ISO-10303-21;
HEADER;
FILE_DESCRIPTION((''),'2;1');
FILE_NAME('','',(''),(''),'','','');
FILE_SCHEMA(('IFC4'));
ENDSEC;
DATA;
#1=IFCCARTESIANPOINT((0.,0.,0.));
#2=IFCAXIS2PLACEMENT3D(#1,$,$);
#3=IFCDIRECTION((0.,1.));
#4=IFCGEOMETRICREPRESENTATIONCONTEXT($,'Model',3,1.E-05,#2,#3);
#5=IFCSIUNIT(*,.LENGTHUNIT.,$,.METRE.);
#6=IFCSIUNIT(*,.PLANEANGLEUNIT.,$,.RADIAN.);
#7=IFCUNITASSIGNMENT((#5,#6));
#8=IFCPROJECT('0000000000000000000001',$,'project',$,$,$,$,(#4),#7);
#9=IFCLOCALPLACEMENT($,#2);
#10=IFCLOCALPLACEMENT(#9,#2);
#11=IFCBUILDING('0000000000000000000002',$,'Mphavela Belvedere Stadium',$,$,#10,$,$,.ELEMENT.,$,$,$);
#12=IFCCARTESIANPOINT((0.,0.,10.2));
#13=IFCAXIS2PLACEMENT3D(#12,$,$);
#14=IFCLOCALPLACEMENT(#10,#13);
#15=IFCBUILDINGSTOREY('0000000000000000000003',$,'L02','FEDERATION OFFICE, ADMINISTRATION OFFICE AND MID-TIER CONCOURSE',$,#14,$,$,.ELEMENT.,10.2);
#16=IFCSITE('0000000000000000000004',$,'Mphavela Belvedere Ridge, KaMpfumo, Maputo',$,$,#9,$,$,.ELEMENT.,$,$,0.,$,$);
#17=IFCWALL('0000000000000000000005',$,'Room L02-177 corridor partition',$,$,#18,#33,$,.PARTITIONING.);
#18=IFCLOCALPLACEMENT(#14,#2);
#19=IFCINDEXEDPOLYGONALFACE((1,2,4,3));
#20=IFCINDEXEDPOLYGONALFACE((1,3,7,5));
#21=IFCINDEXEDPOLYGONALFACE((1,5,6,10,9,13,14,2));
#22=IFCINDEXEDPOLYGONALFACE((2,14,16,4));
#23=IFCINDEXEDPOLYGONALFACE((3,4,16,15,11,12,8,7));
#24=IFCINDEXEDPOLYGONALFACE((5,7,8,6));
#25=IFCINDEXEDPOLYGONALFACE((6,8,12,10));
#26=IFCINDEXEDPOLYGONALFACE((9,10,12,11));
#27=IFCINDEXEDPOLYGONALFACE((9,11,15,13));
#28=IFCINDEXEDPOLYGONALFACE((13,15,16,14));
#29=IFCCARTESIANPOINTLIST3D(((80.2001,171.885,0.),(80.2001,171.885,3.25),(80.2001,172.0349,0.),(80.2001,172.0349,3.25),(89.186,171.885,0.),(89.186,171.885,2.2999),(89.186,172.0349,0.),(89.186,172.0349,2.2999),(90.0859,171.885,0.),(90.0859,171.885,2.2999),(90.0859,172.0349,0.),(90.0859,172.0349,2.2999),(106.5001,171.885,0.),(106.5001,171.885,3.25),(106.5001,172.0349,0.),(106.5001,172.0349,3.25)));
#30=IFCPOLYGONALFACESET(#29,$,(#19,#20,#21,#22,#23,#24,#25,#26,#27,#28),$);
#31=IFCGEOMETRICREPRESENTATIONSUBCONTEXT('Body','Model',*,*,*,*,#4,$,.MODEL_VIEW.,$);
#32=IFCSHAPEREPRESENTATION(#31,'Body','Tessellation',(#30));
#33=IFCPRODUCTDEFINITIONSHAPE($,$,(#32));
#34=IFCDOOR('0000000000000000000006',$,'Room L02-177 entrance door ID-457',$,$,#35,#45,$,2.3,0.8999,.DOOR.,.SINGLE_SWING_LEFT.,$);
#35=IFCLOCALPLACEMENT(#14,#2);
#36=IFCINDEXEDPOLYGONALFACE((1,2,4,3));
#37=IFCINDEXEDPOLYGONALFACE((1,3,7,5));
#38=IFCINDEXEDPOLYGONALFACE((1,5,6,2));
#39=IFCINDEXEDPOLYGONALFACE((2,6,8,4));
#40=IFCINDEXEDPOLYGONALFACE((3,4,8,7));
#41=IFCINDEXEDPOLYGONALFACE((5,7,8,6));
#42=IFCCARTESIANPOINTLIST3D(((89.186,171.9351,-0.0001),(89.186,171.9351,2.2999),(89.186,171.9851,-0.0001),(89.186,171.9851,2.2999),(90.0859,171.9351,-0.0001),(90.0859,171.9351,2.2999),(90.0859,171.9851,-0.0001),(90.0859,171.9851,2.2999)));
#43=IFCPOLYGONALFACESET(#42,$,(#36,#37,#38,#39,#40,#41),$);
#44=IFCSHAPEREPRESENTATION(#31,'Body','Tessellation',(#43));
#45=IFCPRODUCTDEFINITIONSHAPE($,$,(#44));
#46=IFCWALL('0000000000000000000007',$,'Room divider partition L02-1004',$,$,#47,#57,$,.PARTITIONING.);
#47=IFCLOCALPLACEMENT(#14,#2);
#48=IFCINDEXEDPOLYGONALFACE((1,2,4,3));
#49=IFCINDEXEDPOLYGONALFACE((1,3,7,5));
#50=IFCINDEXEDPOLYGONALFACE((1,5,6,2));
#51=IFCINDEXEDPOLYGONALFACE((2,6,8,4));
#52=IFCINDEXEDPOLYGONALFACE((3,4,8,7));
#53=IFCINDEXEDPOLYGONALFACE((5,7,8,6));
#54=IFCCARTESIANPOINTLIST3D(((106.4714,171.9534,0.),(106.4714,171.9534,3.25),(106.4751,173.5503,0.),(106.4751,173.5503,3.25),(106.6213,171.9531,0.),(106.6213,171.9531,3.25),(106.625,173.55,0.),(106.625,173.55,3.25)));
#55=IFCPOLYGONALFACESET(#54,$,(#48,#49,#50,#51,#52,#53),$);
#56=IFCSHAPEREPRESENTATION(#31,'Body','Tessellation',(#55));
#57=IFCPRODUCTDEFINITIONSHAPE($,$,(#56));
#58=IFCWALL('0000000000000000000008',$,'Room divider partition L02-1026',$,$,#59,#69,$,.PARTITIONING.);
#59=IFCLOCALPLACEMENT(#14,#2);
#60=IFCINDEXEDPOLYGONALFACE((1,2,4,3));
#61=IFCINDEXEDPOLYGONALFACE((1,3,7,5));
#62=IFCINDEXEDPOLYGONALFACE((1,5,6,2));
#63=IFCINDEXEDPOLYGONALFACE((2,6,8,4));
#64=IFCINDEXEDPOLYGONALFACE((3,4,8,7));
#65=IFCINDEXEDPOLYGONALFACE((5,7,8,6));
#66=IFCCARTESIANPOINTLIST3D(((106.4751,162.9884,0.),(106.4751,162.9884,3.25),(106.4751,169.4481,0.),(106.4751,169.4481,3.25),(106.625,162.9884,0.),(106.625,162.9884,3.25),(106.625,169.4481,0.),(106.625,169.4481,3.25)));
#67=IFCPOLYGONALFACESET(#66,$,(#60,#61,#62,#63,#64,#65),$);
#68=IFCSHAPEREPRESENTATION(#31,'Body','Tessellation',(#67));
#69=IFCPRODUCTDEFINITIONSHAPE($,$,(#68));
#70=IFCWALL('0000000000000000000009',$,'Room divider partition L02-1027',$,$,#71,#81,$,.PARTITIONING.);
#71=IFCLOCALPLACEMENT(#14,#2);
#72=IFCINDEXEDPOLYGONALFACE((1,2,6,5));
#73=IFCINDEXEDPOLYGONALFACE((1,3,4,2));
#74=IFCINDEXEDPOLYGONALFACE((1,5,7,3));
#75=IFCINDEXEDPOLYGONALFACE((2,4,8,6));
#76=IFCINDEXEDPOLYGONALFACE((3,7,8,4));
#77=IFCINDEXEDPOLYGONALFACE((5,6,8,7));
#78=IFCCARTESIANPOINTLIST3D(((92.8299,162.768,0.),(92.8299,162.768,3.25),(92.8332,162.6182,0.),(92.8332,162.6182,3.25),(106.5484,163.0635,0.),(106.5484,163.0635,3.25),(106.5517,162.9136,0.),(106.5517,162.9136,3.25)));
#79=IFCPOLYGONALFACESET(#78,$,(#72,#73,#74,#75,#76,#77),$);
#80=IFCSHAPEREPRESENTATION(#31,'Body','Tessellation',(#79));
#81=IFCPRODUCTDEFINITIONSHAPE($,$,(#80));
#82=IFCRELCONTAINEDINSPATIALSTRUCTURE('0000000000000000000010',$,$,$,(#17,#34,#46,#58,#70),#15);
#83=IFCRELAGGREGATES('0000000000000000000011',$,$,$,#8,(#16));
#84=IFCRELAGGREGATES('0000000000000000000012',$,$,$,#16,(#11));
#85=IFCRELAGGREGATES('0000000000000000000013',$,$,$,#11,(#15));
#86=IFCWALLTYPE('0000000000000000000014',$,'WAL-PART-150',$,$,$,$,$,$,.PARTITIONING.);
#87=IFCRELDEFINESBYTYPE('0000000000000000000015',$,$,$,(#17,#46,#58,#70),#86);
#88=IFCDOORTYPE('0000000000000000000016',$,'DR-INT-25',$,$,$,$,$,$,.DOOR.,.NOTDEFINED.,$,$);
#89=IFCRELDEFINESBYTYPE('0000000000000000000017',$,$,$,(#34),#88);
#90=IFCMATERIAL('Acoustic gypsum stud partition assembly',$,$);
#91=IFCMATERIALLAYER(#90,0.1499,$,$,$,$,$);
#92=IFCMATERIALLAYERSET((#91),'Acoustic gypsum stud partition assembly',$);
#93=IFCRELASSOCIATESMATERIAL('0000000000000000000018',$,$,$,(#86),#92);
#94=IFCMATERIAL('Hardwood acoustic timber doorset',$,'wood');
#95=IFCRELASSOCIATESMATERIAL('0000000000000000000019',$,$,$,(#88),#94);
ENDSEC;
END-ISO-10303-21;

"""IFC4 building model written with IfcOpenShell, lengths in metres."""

from ifc_helpers import new_model, si_unit, direction, frame, frame_2d, origin, place, context, subcontext, project, spatial, rectangle, extrude, material, layer, layer_set, type_object, element, fill, save


model = new_model("IFC4")

# Units and contexts
model_context = context("Model", 3, precision=1e-05, world=origin(), true_north=direction((0.0, 1.0)))
body_context = subcontext(model_context, "Body", "Model", "MODEL_VIEW")
ifc_project = project(units=[si_unit("LENGTHUNIT", "METRE"), si_unit("PLANEANGLEUNIT", "RADIAN")], contexts=[model_context])

# Site, building, storey
site_placement = place(None, origin())
site = spatial("IfcSite", under=ifc_project, at=site_placement, Name="Mphavela Belvedere Ridge, KaMpfumo, Maputo", CompositionType="ELEMENT", RefElevation=0.0)
building_placement = place(site_placement, origin())
building = spatial("IfcBuilding", under=site, at=building_placement, Name="Mphavela Belvedere Stadium", CompositionType="ELEMENT")
storey_placement = place(building_placement, frame((0.0, 0.0, 10.2)))
storey = spatial("IfcBuildingStorey", under=building, at=storey_placement, Name="L02", Description="FEDERATION OFFICE, ADMINISTRATION OFFICE AND MID-TIER CONCOURSE", CompositionType="ELEMENT", Elevation=10.2)

# Wall, opening, door
ifc_material_1 = material(Name="Acoustic gypsum stud partition assembly")
ifc_layer_1 = layer(ifc_material_1, 0.1499)
ifc_layer_set_1 = layer_set([ifc_layer_1], Name="Acoustic gypsum stud partition assembly")
wall_type_1 = type_object("IfcWallType", Name="WAL-PART-150", PredefinedType="PARTITIONING", material=ifc_layer_set_1)
wall_1_placement = place(storey_placement, frame((106.5, 171.96, 0.0), z_axis=(0.0, 0.0, 1.0), x_axis=(-1.0, 0.0, 0.0)))
wall_1 = element("IfcWall", 1, at=wall_1_placement, inside=storey, type_object=wall_type_1, Name="Room L02-177 corridor partition", PredefinedType="PARTITIONING", context=body_context, shape_type="SweptSolid", body=[
    extrude(rectangle(XDim=26.3, YDim=0.1499, at=frame_2d((13.1499, 0.0))), origin(), (0.0, 0.0, 1.0), 3.25),
])
opening_1_placement = place(wall_1_placement, frame((16.4141, 0.0, 0.0)))
opening_1 = element("IfcOpeningElement", 2, at=opening_1_placement, cuts=wall_1, PredefinedType="OPENING", context=body_context, shape_type="SweptSolid", body=[
    extrude(rectangle(XDim=0.8999, YDim=2.3, at=frame_2d((0.45, 1.1499))), frame((0.0, 0.085, 0.0), z_axis=(0.0, -1.0, 0.0), x_axis=(1.0, 0.0, 0.0)), (0.0, 0.0, 1.0), 0.1699),
])
ifc_material_2 = material(Name="Hardwood acoustic timber doorset", Category="wood")
door_type = type_object("IfcDoorType", Name="DR-INT-25", OperationType="NOTDEFINED", PredefinedType="DOOR", material=ifc_material_2)
door_placement = place(opening_1_placement, origin())
door = element("IfcDoor", 3, at=door_placement, inside=storey, type_object=door_type, Name="Room L02-177 entrance door ID-457", OperationType="SINGLE_SWING_LEFT", OverallHeight=2.3, OverallWidth=0.8999, PredefinedType="DOOR", context=body_context, shape_type="SweptSolid", body=[
    extrude(rectangle(XDim=0.8999, YDim=2.3, at=frame_2d((0.45, 1.1499))), frame((0.0, 0.0249, 0.0), z_axis=(0.0, -1.0, 0.0), x_axis=(1.0, 0.0, 0.0)), (0.0, 0.0, 1.0), 0.05),
])
fill(opening_1, door)

# Walls
wall_2_placement = place(storey_placement, frame((106.55, 173.55, 0.0), z_axis=(0.0, 0.0, 1.0), x_axis=(-0.002293, -0.999997, 0.0)))
element("IfcWall", 4, at=wall_2_placement, inside=storey, type_object=wall_type_1, Name="Room divider partition L02-1004", PredefinedType="PARTITIONING", context=body_context, shape_type="SweptSolid", body=[
    extrude(rectangle(XDim=1.5969, YDim=0.1499, at=frame_2d((0.7983, 0.0))), origin(), (0.0, 0.0, 1.0), 3.25),
])
wall_3_placement = place(storey_placement, frame((106.55, 169.4482, 0.0), z_axis=(0.0, 0.0, 1.0), x_axis=(0.0, -1.0, 0.0)))
element("IfcWall", 5, at=wall_3_placement, inside=storey, type_object=wall_type_1, Name="Room divider partition L02-1026", PredefinedType="PARTITIONING", context=body_context, shape_type="SweptSolid", body=[
    extrude(rectangle(XDim=6.4597, YDim=0.1499, at=frame_2d((3.23, 0.0))), origin(), (0.0, 0.0, 1.0), 3.25),
])
wall_4_placement = place(storey_placement, frame((106.55, 162.9885, 0.0), z_axis=(0.0, 0.0, 1.0), x_axis=(-0.999768, -0.021529, 0.0)))
element("IfcWall", 6, at=wall_4_placement, inside=storey, type_object=wall_type_1, Name="Room divider partition L02-1027", PredefinedType="PARTITIONING", context=body_context, shape_type="SweptSolid", body=[
    extrude(rectangle(XDim=13.7217, YDim=0.1499, at=frame_2d((6.8608, 0.0))), origin(), (0.0, 0.0, 1.0), 3.25),
])

save(model, "model.ifc")
